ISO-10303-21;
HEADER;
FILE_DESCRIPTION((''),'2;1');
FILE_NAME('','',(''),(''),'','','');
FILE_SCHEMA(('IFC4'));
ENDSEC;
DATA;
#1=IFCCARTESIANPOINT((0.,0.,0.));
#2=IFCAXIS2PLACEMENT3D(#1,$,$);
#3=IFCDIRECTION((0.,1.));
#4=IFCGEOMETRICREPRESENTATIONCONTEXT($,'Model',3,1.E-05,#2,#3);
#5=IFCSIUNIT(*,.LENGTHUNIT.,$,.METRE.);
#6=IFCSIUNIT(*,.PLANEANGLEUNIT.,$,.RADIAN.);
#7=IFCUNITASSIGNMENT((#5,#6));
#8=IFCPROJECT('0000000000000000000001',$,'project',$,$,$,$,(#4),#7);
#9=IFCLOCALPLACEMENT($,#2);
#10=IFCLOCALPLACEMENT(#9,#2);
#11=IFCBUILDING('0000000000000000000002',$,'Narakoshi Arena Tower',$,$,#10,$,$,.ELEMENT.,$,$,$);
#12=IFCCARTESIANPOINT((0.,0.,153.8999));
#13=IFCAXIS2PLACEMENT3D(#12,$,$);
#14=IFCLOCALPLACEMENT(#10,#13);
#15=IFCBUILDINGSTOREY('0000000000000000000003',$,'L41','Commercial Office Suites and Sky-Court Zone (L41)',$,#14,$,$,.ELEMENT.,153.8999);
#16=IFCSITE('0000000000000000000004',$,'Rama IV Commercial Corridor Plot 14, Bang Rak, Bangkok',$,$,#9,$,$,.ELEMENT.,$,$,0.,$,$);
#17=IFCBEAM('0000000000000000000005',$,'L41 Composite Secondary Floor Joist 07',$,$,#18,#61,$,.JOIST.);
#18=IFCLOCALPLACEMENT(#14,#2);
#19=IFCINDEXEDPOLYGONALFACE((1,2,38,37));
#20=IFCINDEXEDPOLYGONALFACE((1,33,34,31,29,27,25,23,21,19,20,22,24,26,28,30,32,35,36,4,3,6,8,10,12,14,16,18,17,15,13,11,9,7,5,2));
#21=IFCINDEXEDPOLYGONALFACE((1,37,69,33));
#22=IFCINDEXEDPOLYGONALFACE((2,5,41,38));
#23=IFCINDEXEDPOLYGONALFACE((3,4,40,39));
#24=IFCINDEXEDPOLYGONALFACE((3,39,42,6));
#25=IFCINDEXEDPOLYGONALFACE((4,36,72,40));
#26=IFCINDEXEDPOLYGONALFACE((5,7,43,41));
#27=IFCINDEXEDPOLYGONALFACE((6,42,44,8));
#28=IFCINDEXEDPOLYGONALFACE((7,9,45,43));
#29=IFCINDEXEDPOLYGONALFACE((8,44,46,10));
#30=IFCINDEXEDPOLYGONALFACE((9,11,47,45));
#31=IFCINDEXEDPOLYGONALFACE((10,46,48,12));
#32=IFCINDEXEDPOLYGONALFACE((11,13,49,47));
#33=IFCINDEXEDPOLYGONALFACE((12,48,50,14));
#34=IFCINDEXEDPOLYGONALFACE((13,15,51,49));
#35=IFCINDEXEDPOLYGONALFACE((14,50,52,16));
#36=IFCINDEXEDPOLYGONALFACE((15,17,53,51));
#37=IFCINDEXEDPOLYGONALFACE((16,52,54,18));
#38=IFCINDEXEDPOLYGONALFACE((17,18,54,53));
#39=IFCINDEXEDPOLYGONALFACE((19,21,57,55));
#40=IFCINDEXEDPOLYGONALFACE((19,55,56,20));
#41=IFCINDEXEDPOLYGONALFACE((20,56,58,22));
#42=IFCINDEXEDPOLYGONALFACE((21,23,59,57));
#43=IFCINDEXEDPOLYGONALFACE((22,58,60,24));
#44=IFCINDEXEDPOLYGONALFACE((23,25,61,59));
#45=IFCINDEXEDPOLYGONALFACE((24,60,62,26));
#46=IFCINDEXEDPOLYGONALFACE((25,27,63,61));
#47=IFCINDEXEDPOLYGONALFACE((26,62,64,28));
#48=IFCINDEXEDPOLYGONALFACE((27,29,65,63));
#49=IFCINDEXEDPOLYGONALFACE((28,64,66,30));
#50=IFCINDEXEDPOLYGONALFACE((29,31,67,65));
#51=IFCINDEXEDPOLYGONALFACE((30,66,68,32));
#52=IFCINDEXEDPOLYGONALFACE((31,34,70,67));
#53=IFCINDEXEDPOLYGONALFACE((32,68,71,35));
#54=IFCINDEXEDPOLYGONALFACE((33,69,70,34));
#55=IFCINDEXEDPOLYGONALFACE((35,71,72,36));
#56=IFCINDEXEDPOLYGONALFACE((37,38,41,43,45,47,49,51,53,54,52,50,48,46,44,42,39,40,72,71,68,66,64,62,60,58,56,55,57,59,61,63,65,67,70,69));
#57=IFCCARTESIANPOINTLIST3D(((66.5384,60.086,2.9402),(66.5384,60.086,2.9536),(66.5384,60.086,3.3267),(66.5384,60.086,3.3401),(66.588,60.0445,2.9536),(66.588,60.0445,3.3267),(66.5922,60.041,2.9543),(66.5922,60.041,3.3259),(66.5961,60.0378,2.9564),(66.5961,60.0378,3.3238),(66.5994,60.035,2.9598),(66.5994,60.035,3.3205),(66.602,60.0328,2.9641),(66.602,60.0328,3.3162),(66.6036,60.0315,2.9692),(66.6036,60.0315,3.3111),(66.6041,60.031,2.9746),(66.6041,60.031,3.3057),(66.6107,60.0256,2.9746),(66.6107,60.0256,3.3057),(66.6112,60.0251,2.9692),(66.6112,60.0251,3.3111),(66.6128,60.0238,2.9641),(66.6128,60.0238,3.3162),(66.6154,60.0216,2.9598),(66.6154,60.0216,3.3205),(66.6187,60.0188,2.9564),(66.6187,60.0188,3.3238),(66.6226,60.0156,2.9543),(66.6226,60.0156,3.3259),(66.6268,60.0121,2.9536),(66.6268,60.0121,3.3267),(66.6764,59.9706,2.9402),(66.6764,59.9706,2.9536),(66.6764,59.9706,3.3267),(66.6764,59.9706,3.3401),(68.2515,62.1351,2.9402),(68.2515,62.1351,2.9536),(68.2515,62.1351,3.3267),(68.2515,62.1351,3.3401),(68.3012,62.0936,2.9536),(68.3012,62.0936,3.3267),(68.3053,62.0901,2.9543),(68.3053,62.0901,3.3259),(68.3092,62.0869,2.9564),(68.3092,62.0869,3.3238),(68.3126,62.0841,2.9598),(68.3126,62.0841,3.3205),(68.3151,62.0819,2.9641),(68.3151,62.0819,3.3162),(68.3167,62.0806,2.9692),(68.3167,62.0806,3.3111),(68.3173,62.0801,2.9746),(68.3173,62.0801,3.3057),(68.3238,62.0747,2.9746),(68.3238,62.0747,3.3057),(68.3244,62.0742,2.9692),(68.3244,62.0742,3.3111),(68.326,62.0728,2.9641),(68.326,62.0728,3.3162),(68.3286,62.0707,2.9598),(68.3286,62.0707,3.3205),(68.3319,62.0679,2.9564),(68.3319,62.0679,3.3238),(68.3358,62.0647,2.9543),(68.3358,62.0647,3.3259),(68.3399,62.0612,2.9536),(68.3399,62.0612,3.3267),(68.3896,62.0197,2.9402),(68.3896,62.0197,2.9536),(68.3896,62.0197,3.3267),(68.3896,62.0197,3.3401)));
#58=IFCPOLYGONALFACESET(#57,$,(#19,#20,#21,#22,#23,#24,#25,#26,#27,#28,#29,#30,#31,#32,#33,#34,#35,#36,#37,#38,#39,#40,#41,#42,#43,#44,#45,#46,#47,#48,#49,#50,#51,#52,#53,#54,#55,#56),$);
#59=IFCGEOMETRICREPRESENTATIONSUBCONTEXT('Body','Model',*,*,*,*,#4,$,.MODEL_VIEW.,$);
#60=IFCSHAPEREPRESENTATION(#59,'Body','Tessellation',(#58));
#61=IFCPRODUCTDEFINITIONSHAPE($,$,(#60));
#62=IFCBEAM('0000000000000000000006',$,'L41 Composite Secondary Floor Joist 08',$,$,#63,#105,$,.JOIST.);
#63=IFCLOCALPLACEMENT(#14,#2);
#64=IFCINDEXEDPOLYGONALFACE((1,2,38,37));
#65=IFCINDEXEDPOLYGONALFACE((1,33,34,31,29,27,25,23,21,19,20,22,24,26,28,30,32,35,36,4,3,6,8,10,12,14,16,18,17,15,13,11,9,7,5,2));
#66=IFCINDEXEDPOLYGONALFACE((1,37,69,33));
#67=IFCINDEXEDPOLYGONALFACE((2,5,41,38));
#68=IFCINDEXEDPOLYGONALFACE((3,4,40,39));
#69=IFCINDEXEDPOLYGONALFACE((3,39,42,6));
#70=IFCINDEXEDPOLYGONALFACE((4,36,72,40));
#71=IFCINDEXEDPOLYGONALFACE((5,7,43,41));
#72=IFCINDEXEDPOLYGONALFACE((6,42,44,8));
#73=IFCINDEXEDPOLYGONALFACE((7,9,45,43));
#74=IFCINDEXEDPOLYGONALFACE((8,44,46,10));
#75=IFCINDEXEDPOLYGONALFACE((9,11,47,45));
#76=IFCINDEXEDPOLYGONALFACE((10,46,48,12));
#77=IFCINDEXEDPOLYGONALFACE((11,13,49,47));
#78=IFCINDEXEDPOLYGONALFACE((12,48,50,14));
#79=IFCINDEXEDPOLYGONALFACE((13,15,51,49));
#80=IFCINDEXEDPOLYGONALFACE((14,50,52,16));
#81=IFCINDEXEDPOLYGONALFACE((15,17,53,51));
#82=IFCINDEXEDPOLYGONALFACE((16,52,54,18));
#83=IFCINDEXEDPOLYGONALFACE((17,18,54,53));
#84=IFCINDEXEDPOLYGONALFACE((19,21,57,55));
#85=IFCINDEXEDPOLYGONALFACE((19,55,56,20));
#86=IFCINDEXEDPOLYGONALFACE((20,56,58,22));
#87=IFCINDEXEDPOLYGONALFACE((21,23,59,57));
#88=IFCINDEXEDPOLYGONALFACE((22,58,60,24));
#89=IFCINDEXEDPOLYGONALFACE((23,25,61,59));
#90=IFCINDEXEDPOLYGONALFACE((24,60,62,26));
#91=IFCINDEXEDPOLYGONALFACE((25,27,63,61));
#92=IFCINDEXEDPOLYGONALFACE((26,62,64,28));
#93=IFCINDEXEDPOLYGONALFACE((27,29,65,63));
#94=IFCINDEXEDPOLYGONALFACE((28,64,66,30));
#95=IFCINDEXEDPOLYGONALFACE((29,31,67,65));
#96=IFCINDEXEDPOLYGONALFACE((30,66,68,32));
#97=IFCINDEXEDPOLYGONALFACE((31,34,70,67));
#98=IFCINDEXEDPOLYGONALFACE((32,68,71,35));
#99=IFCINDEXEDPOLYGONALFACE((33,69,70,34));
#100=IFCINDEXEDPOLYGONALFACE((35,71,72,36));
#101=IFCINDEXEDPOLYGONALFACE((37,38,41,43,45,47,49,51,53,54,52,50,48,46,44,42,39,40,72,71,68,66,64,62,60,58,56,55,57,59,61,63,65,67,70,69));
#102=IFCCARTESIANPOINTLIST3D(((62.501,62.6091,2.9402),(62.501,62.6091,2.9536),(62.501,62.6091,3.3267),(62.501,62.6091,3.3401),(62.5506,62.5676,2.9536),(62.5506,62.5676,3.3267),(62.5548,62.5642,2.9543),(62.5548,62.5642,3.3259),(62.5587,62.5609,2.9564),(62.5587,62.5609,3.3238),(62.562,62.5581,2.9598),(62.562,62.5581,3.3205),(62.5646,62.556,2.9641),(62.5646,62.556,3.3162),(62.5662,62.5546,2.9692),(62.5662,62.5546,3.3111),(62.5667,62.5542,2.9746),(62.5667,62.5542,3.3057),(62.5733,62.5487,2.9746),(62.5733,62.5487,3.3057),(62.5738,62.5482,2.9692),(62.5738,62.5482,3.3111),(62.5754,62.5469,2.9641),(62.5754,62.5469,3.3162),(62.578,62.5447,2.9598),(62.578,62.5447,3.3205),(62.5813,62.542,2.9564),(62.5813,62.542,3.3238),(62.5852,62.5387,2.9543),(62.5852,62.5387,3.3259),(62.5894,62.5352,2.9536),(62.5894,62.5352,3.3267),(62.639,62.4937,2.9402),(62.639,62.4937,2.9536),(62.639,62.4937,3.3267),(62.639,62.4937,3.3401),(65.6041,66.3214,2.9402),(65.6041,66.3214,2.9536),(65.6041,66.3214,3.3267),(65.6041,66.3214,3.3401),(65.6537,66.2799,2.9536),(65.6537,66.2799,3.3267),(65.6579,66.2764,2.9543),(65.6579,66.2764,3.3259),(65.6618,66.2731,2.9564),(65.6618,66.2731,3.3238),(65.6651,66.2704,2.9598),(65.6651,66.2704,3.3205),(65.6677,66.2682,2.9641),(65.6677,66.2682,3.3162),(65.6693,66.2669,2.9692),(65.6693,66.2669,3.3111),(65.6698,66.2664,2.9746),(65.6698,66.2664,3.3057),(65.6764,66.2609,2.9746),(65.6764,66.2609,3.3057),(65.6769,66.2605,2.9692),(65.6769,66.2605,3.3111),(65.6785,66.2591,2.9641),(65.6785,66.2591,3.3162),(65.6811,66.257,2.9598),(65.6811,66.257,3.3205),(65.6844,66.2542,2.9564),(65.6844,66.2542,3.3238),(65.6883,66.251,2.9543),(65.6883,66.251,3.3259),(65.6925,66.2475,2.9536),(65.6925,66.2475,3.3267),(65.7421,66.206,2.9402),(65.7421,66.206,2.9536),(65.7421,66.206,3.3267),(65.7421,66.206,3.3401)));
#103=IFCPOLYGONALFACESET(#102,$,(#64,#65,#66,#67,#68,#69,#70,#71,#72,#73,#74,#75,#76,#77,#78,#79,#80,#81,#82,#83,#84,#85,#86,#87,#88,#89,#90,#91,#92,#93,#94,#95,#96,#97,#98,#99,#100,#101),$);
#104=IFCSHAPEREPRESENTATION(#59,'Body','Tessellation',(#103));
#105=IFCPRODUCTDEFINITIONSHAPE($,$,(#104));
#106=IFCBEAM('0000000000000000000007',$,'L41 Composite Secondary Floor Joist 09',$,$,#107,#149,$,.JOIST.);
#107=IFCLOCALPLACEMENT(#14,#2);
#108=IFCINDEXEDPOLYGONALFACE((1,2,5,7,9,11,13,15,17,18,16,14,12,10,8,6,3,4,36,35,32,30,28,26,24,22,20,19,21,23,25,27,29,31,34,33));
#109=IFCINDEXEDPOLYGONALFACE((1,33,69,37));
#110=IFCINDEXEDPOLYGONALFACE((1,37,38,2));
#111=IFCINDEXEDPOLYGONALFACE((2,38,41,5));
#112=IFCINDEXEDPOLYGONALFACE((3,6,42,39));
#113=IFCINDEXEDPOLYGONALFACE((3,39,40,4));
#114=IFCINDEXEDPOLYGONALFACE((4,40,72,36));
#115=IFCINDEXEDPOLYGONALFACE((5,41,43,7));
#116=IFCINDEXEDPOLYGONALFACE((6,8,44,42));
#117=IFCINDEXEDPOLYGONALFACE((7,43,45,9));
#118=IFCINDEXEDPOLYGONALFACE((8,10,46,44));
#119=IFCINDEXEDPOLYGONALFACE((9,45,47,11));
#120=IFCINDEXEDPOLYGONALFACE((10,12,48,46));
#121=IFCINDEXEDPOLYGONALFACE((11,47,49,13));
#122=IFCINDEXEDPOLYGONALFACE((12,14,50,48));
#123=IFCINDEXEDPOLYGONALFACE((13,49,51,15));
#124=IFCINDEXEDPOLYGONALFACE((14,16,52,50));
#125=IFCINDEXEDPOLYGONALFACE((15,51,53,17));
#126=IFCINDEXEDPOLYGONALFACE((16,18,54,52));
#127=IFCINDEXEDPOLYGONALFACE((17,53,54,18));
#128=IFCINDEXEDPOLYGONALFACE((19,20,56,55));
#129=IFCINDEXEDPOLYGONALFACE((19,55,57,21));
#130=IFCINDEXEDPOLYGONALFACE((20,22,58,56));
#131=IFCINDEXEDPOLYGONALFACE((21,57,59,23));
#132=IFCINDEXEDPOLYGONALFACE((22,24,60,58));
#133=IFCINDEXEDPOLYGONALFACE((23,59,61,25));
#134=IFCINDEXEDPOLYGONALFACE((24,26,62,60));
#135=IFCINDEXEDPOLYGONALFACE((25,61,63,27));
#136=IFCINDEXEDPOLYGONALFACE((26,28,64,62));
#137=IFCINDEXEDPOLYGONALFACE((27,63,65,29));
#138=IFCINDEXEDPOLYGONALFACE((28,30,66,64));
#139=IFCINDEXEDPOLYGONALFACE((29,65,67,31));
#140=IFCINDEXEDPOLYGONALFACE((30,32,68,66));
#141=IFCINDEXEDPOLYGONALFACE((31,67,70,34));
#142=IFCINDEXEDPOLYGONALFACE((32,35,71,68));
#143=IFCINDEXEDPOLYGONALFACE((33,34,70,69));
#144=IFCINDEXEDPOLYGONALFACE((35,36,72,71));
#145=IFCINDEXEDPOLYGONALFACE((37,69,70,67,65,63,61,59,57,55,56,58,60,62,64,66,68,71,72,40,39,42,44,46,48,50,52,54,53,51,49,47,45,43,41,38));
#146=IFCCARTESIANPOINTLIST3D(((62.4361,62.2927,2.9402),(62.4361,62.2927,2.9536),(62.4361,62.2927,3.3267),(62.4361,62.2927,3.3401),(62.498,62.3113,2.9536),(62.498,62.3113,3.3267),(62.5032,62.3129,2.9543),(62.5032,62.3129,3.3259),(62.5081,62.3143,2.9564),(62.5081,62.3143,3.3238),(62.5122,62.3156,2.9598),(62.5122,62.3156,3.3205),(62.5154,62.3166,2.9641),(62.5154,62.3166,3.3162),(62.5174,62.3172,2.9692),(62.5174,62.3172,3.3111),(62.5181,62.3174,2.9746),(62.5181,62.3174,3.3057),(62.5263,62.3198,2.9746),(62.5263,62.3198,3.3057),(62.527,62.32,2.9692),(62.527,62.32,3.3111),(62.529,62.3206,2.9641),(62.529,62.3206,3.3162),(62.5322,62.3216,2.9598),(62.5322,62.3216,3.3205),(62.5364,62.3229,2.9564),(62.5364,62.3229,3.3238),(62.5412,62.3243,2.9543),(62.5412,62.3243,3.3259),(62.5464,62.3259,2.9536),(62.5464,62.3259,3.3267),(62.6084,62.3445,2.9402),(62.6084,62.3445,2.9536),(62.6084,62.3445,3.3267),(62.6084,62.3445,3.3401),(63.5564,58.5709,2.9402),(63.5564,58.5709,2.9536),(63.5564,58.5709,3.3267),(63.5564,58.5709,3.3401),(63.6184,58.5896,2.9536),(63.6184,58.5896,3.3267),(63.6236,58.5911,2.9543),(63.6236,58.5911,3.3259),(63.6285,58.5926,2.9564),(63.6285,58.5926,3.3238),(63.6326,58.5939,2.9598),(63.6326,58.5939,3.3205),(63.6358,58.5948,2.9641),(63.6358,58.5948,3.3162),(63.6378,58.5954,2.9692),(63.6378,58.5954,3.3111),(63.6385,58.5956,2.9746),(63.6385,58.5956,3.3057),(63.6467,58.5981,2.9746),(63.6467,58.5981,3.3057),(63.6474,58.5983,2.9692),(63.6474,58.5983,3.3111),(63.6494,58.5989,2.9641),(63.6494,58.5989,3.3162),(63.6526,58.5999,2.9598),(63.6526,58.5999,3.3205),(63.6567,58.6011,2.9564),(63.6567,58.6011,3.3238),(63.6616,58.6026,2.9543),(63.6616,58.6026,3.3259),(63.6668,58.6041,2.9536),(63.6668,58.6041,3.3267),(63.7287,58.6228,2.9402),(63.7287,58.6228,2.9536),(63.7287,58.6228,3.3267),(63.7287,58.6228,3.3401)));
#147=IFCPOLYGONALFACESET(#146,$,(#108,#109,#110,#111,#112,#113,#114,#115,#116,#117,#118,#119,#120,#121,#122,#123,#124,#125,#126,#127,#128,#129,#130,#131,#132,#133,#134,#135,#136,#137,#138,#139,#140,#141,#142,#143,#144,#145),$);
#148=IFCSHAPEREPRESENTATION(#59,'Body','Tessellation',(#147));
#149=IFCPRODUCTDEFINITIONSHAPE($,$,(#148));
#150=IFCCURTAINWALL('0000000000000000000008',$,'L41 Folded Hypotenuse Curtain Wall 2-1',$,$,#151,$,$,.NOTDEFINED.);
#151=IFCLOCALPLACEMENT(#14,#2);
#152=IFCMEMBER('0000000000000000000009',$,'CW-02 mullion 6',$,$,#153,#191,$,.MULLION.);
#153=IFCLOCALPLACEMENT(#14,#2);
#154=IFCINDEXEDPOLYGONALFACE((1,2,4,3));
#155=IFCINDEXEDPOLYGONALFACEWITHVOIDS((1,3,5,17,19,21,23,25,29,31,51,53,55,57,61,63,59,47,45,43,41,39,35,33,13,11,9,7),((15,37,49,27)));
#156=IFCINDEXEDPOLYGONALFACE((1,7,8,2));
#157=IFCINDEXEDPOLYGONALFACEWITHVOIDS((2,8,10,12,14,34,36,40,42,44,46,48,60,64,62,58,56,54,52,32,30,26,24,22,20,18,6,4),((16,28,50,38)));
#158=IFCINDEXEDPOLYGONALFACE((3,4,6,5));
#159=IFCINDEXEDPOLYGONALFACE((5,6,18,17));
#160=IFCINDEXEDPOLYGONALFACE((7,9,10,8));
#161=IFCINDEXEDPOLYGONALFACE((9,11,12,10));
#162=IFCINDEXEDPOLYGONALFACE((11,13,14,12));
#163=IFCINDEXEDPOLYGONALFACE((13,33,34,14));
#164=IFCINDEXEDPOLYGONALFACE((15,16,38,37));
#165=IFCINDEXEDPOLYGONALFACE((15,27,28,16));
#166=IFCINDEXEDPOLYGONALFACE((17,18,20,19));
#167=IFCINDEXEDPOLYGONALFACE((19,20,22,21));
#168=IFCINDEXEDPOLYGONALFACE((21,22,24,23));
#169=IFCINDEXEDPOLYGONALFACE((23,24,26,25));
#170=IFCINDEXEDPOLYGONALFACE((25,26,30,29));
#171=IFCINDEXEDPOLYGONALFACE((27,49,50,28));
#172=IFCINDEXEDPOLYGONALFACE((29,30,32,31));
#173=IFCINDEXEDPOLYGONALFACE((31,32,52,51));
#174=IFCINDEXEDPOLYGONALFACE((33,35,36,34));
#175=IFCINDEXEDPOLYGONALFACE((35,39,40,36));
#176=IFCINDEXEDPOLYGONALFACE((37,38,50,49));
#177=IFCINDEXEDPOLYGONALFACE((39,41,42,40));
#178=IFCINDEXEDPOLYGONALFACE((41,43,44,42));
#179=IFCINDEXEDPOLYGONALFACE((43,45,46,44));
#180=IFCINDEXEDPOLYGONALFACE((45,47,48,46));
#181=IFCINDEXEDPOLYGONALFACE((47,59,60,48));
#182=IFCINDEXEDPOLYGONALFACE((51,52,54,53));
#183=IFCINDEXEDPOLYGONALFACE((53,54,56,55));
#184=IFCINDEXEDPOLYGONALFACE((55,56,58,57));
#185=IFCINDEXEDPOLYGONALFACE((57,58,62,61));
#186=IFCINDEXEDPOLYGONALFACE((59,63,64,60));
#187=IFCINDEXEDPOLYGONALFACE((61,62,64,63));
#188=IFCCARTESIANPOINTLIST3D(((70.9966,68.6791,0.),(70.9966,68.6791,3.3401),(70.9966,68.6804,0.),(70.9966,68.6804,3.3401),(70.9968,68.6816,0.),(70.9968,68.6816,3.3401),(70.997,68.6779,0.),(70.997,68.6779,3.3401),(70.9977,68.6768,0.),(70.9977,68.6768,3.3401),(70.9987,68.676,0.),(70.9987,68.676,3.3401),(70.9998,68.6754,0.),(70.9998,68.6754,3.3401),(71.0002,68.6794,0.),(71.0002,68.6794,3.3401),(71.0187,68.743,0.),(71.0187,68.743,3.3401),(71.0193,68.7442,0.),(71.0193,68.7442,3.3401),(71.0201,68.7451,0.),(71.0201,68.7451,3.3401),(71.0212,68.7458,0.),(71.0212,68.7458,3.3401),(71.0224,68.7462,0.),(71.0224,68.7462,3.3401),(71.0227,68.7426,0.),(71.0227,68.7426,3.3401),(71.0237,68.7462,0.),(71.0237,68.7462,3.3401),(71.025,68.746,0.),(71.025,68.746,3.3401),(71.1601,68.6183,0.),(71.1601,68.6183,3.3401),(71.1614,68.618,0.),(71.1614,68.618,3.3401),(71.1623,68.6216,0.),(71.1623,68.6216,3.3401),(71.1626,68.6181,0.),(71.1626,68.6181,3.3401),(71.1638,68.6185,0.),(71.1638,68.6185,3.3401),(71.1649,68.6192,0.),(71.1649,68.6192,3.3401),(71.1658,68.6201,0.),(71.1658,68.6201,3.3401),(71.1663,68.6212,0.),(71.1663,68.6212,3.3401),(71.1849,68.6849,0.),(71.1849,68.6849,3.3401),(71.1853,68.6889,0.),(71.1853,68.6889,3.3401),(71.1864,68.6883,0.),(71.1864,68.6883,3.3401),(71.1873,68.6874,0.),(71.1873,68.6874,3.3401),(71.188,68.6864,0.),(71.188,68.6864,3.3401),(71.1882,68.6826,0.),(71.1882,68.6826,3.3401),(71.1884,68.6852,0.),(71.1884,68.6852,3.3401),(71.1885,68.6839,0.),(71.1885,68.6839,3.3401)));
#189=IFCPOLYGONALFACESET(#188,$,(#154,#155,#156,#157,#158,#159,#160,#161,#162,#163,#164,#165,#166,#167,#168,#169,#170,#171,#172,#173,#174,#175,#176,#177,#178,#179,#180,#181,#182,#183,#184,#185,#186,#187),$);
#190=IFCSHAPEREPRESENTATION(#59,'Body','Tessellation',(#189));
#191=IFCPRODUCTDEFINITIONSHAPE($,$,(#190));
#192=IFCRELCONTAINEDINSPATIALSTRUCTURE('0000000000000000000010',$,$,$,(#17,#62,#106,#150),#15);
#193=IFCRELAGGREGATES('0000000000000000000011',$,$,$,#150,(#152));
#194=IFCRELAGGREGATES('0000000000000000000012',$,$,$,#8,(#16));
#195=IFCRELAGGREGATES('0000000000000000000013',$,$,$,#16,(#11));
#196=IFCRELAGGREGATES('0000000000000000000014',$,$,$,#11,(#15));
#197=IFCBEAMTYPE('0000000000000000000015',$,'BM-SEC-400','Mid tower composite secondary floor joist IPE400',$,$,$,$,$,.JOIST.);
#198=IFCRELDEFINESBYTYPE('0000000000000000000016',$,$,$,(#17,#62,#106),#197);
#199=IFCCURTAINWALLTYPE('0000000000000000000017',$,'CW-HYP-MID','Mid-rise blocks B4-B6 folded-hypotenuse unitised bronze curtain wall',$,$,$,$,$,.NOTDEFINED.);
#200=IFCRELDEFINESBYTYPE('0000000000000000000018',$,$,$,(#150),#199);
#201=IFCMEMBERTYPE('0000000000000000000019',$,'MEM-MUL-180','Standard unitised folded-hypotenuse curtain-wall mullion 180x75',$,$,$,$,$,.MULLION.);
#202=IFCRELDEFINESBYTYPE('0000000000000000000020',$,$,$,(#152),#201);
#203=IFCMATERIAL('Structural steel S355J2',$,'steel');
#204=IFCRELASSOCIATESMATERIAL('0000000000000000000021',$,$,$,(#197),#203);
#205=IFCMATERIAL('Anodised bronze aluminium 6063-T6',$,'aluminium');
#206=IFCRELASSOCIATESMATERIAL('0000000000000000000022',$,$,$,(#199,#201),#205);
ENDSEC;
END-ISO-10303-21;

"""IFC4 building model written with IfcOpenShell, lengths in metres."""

from ifc_helpers import new_model, si_unit, direction, frame, origin, origin_2d, place, context, subcontext, project, spatial, hollow_rectangle, i_section, extrude, material, material_profile, profile_set, type_object, element, aggregate, save


model = new_model("IFC4")

# Units and contexts
model_context = context("Model", 3, precision=1e-05, world=origin(), true_north=direction((0.0, 1.0)))
body_context = subcontext(model_context, "Body", "Model", "MODEL_VIEW")
ifc_project = project(units=[si_unit("LENGTHUNIT", "METRE"), si_unit("PLANEANGLEUNIT", "RADIAN")], contexts=[model_context])

# Site, building, storey
site_placement = place(None, origin())
site = spatial("IfcSite", under=ifc_project, at=site_placement, Name="Rama IV Commercial Corridor Plot 14, Bang Rak, Bangkok", CompositionType="ELEMENT", RefElevation=0.0)
building_placement = place(site_placement, origin())
building = spatial("IfcBuilding", under=site, at=building_placement, Name="Narakoshi Arena Tower", CompositionType="ELEMENT")
storey_placement = place(building_placement, frame((0.0, 0.0, 153.8999)))
storey = spatial("IfcBuildingStorey", under=building, at=storey_placement, Name="L41", Description="Commercial Office Suites and Sky-Court Zone (L41)", CompositionType="ELEMENT", Elevation=153.8999)

# Beams
ifc_material_1 = material(Name="Structural steel S355J2", Category="steel")
ifc_material_profile_1 = material_profile(ifc_material_1, i_section(OverallWidth=0.1799, OverallDepth=0.3999, WebThickness=0.0085, FlangeThickness=0.0134, FilletRadius=0.021, at=origin_2d()), Name="IPE400")
ifc_profile_set_1 = profile_set([ifc_material_profile_1], Name="Structural steel S355J2")
beam_type_1 = type_object("IfcBeamType", Name="BM-SEC-400", Description="Mid tower composite secondary floor joist IPE400", PredefinedType="JOIST", material=ifc_profile_set_1)
beam_1_placement = place(storey_placement, frame((68.3206, 62.0774, 3.1401), z_axis=(-0.641415, -0.767194, 0.0), x_axis=(0.767194, -0.641415, 0.0)))
element("IfcBeam", 1, at=beam_1_placement, inside=storey, type_object=beam_type_1, Name="L41 Composite Secondary Floor Joist 07", PredefinedType="JOIST", context=body_context, shape_type="SweptSolid", body=[
    extrude(i_section(OverallWidth=0.1799, OverallDepth=0.3999, WebThickness=0.0085, FlangeThickness=0.0134, FilletRadius=0.021, at=origin_2d()), origin(), (0.0, 0.0, 1.0), 2.6709),
])
beam_2_placement = place(storey_placement, frame((65.6731, 66.2637, 3.1401), z_axis=(-0.64135, -0.767248, 0.0), x_axis=(0.767248, -0.64135, 0.0)))
element("IfcBeam", 2, at=beam_2_placement, inside=storey, type_object=beam_type_1, Name="L41 Composite Secondary Floor Joist 08", PredefinedType="JOIST", context=body_context, shape_type="SweptSolid", body=[
    extrude(i_section(OverallWidth=0.1799, OverallDepth=0.3999, WebThickness=0.0085, FlangeThickness=0.0134, FilletRadius=0.021, at=origin_2d()), origin(), (0.0, 0.0, 1.0), 4.8384),
])
beam_3_placement = place(storey_placement, frame((62.5222, 62.3186, 3.1401), z_axis=(0.288258, -0.957553, 0.0), x_axis=(0.957553, 0.288258, 0.0)))
element("IfcBeam", 3, at=beam_3_placement, inside=storey, type_object=beam_type_1, Name="L41 Composite Secondary Floor Joist 09", PredefinedType="JOIST", context=body_context, shape_type="SweptSolid", body=[
    extrude(i_section(OverallWidth=0.1799, OverallDepth=0.3999, WebThickness=0.0085, FlangeThickness=0.0134, FilletRadius=0.021, at=origin_2d()), origin(), (0.0, 0.0, 1.0), 3.8867),
])

# Curtain wall, member
ifc_material_2 = material(Name="Anodised bronze aluminium 6063-T6", Category="aluminium")
curtain_wall_type = type_object("IfcCurtainWallType", Name="CW-HYP-MID", Description="Mid-rise blocks B4-B6 folded-hypotenuse unitised bronze curtain wall", PredefinedType="NOTDEFINED", material=ifc_material_2)
curtain_wall_1_placement = place(storey_placement, origin())
curtain_wall_1 = element("IfcCurtainWall", 4, at=curtain_wall_1_placement, inside=storey, type_object=curtain_wall_type, Name="L41 Folded Hypotenuse Curtain Wall 2-1", PredefinedType="NOTDEFINED")
ifc_material_profile_2 = material_profile(ifc_material_2, hollow_rectangle(XDim=0.075, YDim=0.1799, WallThickness=0.0039, OuterFilletRadius=0.0049, at=origin_2d()), Name="MUL180x75x4")
ifc_profile_set_2 = profile_set([ifc_material_profile_2], Name="Anodised bronze aluminium 6063-T6")
member_type_1 = type_object("IfcMemberType", Name="MEM-MUL-180", Description="Standard unitised folded-hypotenuse curtain-wall mullion 180x75", PredefinedType="MULLION", material=ifc_profile_set_2)
member_1_placement = place(storey_placement, frame((71.0925, 68.6821, 0.0), z_axis=(0.0, 0.0, 1.0), x_axis=(-0.335518, -0.942034, 0.0)))
member_1 = element("IfcMember", 5, at=member_1_placement, type_object=member_type_1, Name="CW-02 mullion 6", PredefinedType="MULLION", context=body_context, shape_type="SweptSolid", body=[
    extrude(hollow_rectangle(XDim=0.075, YDim=0.1799, WallThickness=0.0039, OuterFilletRadius=0.0049, at=origin_2d()), origin(), (0.0, 0.0, 1.0), 3.3401),
])

aggregate(curtain_wall_1, [member_1])

save(model, "model.ifc")
